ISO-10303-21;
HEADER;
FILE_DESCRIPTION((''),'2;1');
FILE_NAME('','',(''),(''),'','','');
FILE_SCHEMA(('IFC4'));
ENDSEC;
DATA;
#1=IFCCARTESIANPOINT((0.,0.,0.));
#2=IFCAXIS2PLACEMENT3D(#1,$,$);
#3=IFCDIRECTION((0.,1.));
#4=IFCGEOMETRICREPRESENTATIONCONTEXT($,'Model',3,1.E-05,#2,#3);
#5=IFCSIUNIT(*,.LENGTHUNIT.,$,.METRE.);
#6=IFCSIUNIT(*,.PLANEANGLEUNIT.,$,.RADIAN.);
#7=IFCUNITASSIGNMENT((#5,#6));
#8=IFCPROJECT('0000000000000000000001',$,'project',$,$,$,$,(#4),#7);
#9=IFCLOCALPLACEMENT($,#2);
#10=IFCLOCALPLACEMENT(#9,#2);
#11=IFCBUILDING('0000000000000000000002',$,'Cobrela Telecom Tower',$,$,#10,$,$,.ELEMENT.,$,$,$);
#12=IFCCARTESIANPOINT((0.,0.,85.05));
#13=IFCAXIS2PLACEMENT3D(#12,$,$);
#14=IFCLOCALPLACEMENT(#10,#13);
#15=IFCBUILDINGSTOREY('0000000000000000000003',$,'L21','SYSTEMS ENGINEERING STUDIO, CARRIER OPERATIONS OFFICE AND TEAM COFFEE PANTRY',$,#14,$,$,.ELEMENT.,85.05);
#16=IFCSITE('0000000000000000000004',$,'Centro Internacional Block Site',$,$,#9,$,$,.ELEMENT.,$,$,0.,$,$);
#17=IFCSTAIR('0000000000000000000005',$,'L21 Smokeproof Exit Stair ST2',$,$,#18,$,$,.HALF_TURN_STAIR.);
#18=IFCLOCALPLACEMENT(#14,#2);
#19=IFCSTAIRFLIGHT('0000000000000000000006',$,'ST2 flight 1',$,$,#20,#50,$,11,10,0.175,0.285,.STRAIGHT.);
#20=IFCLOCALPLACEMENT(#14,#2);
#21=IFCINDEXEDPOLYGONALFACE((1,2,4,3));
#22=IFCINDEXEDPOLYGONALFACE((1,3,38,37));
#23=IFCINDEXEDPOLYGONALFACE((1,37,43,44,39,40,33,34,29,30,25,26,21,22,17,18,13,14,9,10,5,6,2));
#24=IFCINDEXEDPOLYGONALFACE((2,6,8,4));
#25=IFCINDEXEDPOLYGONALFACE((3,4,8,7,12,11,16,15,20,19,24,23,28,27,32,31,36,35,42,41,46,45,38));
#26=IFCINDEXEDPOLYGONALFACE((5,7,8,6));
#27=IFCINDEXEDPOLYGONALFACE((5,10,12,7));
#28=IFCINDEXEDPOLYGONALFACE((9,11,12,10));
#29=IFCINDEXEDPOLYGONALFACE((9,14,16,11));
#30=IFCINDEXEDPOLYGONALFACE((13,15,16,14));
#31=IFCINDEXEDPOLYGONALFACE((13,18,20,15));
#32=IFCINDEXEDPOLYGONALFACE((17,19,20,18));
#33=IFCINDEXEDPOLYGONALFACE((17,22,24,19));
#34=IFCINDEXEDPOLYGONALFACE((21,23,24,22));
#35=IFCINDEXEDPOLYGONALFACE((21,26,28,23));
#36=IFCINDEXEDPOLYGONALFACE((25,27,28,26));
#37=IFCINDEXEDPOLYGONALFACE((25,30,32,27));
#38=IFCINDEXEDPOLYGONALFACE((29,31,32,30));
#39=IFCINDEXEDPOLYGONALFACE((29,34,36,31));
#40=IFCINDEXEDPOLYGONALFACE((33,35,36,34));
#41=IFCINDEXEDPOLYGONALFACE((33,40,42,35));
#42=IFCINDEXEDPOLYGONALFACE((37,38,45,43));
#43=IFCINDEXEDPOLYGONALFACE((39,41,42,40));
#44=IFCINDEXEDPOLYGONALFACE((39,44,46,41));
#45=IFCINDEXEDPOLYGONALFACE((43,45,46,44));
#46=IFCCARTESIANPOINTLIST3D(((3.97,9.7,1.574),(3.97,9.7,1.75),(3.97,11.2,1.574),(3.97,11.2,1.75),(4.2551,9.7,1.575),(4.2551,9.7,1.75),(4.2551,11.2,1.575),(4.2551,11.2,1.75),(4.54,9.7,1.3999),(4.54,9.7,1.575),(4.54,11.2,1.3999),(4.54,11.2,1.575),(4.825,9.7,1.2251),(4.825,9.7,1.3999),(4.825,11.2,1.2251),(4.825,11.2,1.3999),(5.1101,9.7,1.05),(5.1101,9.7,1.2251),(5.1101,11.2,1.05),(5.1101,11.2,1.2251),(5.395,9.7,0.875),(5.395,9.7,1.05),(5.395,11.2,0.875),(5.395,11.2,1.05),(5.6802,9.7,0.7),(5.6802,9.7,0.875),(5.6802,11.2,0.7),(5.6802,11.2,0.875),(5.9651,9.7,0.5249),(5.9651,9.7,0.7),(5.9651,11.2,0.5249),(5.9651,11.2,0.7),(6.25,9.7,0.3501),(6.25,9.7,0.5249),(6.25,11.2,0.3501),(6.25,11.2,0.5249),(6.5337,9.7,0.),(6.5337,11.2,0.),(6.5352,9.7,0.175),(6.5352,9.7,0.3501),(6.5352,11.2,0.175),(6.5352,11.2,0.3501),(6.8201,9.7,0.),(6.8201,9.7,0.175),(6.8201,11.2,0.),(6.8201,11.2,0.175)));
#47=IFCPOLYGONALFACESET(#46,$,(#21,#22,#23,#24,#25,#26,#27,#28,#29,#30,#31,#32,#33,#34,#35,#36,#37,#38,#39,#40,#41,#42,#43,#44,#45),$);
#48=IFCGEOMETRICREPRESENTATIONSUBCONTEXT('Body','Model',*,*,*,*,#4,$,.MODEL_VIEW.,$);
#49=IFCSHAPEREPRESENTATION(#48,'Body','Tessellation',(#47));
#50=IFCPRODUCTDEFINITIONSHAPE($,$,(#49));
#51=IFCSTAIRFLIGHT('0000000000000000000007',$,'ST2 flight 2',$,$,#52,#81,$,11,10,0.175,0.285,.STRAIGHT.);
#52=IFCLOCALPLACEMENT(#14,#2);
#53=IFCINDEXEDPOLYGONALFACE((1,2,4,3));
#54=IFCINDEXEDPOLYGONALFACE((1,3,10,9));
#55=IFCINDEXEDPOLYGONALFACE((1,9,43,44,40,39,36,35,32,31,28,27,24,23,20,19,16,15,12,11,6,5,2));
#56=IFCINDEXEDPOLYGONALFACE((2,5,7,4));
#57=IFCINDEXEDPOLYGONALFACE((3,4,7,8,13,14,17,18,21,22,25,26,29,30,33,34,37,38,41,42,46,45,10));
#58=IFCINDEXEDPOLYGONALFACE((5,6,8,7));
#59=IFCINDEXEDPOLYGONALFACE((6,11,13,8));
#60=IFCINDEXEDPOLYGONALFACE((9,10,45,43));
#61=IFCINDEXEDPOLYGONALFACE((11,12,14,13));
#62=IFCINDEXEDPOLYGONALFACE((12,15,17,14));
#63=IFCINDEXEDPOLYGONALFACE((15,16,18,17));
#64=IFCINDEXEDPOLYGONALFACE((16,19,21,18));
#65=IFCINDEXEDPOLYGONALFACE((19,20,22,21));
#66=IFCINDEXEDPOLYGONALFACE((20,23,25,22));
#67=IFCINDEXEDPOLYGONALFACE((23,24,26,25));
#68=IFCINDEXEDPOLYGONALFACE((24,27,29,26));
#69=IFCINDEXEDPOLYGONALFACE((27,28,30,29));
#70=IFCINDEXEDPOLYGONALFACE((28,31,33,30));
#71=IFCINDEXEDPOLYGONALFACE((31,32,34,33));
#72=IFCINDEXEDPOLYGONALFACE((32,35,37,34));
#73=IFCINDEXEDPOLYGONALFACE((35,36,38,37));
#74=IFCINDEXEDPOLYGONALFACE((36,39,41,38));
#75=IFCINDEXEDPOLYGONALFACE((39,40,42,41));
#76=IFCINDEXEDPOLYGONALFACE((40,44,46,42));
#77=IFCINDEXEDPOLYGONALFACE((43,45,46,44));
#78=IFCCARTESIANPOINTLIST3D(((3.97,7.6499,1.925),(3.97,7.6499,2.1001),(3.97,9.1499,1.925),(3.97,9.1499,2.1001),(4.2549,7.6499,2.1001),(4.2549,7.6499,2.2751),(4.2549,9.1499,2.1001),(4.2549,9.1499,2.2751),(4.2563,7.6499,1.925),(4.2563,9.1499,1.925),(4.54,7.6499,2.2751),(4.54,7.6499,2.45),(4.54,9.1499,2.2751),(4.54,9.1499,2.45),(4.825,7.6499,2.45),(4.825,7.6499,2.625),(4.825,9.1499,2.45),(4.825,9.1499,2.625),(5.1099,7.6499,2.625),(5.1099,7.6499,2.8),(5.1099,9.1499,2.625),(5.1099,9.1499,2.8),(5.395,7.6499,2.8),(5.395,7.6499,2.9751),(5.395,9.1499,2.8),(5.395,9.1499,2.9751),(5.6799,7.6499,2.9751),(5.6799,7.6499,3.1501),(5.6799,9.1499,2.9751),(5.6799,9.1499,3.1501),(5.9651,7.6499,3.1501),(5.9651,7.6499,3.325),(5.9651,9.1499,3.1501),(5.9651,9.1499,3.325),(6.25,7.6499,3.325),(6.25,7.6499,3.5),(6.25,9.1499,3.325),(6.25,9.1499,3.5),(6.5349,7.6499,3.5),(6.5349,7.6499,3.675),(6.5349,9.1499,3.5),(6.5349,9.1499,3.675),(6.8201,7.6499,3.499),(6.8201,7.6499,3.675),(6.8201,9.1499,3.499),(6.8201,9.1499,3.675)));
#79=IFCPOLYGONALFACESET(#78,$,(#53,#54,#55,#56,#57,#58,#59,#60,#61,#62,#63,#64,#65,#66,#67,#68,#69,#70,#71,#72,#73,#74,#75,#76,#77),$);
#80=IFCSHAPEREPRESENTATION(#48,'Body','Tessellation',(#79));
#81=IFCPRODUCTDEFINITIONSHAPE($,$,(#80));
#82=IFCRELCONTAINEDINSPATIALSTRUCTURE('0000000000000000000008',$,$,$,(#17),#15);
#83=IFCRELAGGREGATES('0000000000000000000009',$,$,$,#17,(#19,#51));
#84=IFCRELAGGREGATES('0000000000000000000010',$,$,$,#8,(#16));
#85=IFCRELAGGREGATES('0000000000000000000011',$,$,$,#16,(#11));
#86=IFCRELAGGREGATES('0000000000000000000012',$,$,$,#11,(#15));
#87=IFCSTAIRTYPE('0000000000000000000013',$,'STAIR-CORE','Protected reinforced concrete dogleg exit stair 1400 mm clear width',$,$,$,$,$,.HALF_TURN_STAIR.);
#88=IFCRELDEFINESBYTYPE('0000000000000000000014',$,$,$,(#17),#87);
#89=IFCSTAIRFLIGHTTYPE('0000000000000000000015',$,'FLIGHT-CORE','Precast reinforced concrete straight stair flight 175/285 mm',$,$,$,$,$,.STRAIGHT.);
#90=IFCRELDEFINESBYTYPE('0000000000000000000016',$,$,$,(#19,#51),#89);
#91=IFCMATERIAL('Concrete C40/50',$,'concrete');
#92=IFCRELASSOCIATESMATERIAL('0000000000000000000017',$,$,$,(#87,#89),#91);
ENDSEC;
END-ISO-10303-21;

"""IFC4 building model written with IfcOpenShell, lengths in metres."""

from ifc_helpers import new_model, si_unit, direction, frame, origin, place, context, subcontext, project, spatial, polyline, outline, extrude, material, type_object, element, aggregate, save


model = new_model("IFC4")

# Units and contexts
model_context = context("Model", 3, precision=1e-05, world=origin(), true_north=direction((0.0, 1.0)))
body_context = subcontext(model_context, "Body", "Model", "MODEL_VIEW")
ifc_project = project(units=[si_unit("LENGTHUNIT", "METRE"), si_unit("PLANEANGLEUNIT", "RADIAN")], contexts=[model_context])

# Site, building, storey
site_placement = place(None, origin())
site = spatial("IfcSite", under=ifc_project, at=site_placement, Name="Centro Internacional Block Site", CompositionType="ELEMENT", RefElevation=0.0)
building_placement = place(site_placement, origin())
building = spatial("IfcBuilding", under=site, at=building_placement, Name="Cobrela Telecom Tower", CompositionType="ELEMENT")
storey_placement = place(building_placement, frame((0.0, 0.0, 85.05)))
storey = spatial("IfcBuildingStorey", under=building, at=storey_placement, Name="L21", Description="SYSTEMS ENGINEERING STUDIO, CARRIER OPERATIONS OFFICE AND TEAM COFFEE PANTRY", CompositionType="ELEMENT", Elevation=85.05)

# Shared definitions
ifc_material_1 = material(Name="Concrete C40/50", Category="concrete")

# Stair, stair flights
stair_type = type_object("IfcStairType", Name="STAIR-CORE", Description="Protected reinforced concrete dogleg exit stair 1400 mm clear width", PredefinedType="HALF_TURN_STAIR", material=ifc_material_1)
stair_placement = place(storey_placement, origin())
stair = element("IfcStair", 1, at=stair_placement, inside=storey, type_object=stair_type, Name="L21 Smokeproof Exit Stair ST2", PredefinedType="HALF_TURN_STAIR")
stair_flight_type = type_object("IfcStairFlightType", Name="FLIGHT-CORE", Description="Precast reinforced concrete straight stair flight 175/285 mm", PredefinedType="STRAIGHT", material=ifc_material_1)
stair_flight_1_placement = place(storey_placement, frame((6.8201, 10.45, 0.0), z_axis=(0.0, 0.0, 1.0), x_axis=(-1.0, 0.0, 0.0)))
stair_flight_1 = element("IfcStairFlight", 2, at=stair_flight_1_placement, type_object=stair_flight_type, Name="ST2 flight 1", NumberOfRisers=11, NumberOfTreads=10, PredefinedType="STRAIGHT", RiserHeight=0.175, TreadLength=0.285, context=body_context, shape_type="SweptSolid", body=[
    extrude(outline(polyline([(0.0, 0.0), (0.0, 0.175), (0.2849, 0.175), (0.2849, 0.3501), (0.5701, 0.3501), (0.5701, 0.5249), (0.855, 0.5249), (0.855, 0.7), (1.1399, 0.7), (1.1399, 0.875), (1.425, 0.875), (1.425, 1.05), (1.71, 1.05), (1.71, 1.2251), (1.9951, 1.2251), (1.9951, 1.3999), (2.28, 1.3999), (2.28, 1.575), (2.5649, 1.575), (2.5649, 1.75), (2.8501, 1.75), (2.8501, 1.925), (2.8501, 1.574), (0.2864, 0.0), (0.0, 0.0)])), frame((0.0, 0.75, 0.0), z_axis=(0.0, -1.0, 0.0), x_axis=(1.0, 0.0, 0.0)), (0.0, 0.0, 1.0), 1.5),
])
stair_flight_2_placement = place(storey_placement, frame((3.97, 8.3999, 1.925), z_axis=(0.0, 0.0, 1.0), x_axis=(1.0, 0.0, 0.0)))
stair_flight_2 = element("IfcStairFlight", 3, at=stair_flight_2_placement, type_object=stair_flight_type, Name="ST2 flight 2", NumberOfRisers=11, NumberOfTreads=10, PredefinedType="STRAIGHT", RiserHeight=0.175, TreadLength=0.285, context=body_context, shape_type="SweptSolid", body=[
    extrude(outline(polyline([(0.0, 0.0), (0.0, 0.175), (0.2849, 0.175), (0.2849, 0.3501), (0.5701, 0.3501), (0.5701, 0.5249), (0.855, 0.5249), (0.855, 0.7), (1.1399, 0.7), (1.1399, 0.875), (1.425, 0.875), (1.425, 1.05), (1.71, 1.05), (1.71, 1.2251), (1.9951, 1.2251), (1.9951, 1.3999), (2.28, 1.3999), (2.28, 1.575), (2.5649, 1.575), (2.5649, 1.75), (2.8501, 1.75), (2.8501, 1.925), (2.8501, 1.574), (0.2864, 0.0), (0.0, 0.0)])), frame((0.0, 0.75, 0.0), z_axis=(0.0, -1.0, 0.0), x_axis=(1.0, 0.0, 0.0)), (0.0, 0.0, 1.0), 1.5),
])
aggregate(stair, [stair_flight_1, stair_flight_2])

save(model, "model.ifc")
